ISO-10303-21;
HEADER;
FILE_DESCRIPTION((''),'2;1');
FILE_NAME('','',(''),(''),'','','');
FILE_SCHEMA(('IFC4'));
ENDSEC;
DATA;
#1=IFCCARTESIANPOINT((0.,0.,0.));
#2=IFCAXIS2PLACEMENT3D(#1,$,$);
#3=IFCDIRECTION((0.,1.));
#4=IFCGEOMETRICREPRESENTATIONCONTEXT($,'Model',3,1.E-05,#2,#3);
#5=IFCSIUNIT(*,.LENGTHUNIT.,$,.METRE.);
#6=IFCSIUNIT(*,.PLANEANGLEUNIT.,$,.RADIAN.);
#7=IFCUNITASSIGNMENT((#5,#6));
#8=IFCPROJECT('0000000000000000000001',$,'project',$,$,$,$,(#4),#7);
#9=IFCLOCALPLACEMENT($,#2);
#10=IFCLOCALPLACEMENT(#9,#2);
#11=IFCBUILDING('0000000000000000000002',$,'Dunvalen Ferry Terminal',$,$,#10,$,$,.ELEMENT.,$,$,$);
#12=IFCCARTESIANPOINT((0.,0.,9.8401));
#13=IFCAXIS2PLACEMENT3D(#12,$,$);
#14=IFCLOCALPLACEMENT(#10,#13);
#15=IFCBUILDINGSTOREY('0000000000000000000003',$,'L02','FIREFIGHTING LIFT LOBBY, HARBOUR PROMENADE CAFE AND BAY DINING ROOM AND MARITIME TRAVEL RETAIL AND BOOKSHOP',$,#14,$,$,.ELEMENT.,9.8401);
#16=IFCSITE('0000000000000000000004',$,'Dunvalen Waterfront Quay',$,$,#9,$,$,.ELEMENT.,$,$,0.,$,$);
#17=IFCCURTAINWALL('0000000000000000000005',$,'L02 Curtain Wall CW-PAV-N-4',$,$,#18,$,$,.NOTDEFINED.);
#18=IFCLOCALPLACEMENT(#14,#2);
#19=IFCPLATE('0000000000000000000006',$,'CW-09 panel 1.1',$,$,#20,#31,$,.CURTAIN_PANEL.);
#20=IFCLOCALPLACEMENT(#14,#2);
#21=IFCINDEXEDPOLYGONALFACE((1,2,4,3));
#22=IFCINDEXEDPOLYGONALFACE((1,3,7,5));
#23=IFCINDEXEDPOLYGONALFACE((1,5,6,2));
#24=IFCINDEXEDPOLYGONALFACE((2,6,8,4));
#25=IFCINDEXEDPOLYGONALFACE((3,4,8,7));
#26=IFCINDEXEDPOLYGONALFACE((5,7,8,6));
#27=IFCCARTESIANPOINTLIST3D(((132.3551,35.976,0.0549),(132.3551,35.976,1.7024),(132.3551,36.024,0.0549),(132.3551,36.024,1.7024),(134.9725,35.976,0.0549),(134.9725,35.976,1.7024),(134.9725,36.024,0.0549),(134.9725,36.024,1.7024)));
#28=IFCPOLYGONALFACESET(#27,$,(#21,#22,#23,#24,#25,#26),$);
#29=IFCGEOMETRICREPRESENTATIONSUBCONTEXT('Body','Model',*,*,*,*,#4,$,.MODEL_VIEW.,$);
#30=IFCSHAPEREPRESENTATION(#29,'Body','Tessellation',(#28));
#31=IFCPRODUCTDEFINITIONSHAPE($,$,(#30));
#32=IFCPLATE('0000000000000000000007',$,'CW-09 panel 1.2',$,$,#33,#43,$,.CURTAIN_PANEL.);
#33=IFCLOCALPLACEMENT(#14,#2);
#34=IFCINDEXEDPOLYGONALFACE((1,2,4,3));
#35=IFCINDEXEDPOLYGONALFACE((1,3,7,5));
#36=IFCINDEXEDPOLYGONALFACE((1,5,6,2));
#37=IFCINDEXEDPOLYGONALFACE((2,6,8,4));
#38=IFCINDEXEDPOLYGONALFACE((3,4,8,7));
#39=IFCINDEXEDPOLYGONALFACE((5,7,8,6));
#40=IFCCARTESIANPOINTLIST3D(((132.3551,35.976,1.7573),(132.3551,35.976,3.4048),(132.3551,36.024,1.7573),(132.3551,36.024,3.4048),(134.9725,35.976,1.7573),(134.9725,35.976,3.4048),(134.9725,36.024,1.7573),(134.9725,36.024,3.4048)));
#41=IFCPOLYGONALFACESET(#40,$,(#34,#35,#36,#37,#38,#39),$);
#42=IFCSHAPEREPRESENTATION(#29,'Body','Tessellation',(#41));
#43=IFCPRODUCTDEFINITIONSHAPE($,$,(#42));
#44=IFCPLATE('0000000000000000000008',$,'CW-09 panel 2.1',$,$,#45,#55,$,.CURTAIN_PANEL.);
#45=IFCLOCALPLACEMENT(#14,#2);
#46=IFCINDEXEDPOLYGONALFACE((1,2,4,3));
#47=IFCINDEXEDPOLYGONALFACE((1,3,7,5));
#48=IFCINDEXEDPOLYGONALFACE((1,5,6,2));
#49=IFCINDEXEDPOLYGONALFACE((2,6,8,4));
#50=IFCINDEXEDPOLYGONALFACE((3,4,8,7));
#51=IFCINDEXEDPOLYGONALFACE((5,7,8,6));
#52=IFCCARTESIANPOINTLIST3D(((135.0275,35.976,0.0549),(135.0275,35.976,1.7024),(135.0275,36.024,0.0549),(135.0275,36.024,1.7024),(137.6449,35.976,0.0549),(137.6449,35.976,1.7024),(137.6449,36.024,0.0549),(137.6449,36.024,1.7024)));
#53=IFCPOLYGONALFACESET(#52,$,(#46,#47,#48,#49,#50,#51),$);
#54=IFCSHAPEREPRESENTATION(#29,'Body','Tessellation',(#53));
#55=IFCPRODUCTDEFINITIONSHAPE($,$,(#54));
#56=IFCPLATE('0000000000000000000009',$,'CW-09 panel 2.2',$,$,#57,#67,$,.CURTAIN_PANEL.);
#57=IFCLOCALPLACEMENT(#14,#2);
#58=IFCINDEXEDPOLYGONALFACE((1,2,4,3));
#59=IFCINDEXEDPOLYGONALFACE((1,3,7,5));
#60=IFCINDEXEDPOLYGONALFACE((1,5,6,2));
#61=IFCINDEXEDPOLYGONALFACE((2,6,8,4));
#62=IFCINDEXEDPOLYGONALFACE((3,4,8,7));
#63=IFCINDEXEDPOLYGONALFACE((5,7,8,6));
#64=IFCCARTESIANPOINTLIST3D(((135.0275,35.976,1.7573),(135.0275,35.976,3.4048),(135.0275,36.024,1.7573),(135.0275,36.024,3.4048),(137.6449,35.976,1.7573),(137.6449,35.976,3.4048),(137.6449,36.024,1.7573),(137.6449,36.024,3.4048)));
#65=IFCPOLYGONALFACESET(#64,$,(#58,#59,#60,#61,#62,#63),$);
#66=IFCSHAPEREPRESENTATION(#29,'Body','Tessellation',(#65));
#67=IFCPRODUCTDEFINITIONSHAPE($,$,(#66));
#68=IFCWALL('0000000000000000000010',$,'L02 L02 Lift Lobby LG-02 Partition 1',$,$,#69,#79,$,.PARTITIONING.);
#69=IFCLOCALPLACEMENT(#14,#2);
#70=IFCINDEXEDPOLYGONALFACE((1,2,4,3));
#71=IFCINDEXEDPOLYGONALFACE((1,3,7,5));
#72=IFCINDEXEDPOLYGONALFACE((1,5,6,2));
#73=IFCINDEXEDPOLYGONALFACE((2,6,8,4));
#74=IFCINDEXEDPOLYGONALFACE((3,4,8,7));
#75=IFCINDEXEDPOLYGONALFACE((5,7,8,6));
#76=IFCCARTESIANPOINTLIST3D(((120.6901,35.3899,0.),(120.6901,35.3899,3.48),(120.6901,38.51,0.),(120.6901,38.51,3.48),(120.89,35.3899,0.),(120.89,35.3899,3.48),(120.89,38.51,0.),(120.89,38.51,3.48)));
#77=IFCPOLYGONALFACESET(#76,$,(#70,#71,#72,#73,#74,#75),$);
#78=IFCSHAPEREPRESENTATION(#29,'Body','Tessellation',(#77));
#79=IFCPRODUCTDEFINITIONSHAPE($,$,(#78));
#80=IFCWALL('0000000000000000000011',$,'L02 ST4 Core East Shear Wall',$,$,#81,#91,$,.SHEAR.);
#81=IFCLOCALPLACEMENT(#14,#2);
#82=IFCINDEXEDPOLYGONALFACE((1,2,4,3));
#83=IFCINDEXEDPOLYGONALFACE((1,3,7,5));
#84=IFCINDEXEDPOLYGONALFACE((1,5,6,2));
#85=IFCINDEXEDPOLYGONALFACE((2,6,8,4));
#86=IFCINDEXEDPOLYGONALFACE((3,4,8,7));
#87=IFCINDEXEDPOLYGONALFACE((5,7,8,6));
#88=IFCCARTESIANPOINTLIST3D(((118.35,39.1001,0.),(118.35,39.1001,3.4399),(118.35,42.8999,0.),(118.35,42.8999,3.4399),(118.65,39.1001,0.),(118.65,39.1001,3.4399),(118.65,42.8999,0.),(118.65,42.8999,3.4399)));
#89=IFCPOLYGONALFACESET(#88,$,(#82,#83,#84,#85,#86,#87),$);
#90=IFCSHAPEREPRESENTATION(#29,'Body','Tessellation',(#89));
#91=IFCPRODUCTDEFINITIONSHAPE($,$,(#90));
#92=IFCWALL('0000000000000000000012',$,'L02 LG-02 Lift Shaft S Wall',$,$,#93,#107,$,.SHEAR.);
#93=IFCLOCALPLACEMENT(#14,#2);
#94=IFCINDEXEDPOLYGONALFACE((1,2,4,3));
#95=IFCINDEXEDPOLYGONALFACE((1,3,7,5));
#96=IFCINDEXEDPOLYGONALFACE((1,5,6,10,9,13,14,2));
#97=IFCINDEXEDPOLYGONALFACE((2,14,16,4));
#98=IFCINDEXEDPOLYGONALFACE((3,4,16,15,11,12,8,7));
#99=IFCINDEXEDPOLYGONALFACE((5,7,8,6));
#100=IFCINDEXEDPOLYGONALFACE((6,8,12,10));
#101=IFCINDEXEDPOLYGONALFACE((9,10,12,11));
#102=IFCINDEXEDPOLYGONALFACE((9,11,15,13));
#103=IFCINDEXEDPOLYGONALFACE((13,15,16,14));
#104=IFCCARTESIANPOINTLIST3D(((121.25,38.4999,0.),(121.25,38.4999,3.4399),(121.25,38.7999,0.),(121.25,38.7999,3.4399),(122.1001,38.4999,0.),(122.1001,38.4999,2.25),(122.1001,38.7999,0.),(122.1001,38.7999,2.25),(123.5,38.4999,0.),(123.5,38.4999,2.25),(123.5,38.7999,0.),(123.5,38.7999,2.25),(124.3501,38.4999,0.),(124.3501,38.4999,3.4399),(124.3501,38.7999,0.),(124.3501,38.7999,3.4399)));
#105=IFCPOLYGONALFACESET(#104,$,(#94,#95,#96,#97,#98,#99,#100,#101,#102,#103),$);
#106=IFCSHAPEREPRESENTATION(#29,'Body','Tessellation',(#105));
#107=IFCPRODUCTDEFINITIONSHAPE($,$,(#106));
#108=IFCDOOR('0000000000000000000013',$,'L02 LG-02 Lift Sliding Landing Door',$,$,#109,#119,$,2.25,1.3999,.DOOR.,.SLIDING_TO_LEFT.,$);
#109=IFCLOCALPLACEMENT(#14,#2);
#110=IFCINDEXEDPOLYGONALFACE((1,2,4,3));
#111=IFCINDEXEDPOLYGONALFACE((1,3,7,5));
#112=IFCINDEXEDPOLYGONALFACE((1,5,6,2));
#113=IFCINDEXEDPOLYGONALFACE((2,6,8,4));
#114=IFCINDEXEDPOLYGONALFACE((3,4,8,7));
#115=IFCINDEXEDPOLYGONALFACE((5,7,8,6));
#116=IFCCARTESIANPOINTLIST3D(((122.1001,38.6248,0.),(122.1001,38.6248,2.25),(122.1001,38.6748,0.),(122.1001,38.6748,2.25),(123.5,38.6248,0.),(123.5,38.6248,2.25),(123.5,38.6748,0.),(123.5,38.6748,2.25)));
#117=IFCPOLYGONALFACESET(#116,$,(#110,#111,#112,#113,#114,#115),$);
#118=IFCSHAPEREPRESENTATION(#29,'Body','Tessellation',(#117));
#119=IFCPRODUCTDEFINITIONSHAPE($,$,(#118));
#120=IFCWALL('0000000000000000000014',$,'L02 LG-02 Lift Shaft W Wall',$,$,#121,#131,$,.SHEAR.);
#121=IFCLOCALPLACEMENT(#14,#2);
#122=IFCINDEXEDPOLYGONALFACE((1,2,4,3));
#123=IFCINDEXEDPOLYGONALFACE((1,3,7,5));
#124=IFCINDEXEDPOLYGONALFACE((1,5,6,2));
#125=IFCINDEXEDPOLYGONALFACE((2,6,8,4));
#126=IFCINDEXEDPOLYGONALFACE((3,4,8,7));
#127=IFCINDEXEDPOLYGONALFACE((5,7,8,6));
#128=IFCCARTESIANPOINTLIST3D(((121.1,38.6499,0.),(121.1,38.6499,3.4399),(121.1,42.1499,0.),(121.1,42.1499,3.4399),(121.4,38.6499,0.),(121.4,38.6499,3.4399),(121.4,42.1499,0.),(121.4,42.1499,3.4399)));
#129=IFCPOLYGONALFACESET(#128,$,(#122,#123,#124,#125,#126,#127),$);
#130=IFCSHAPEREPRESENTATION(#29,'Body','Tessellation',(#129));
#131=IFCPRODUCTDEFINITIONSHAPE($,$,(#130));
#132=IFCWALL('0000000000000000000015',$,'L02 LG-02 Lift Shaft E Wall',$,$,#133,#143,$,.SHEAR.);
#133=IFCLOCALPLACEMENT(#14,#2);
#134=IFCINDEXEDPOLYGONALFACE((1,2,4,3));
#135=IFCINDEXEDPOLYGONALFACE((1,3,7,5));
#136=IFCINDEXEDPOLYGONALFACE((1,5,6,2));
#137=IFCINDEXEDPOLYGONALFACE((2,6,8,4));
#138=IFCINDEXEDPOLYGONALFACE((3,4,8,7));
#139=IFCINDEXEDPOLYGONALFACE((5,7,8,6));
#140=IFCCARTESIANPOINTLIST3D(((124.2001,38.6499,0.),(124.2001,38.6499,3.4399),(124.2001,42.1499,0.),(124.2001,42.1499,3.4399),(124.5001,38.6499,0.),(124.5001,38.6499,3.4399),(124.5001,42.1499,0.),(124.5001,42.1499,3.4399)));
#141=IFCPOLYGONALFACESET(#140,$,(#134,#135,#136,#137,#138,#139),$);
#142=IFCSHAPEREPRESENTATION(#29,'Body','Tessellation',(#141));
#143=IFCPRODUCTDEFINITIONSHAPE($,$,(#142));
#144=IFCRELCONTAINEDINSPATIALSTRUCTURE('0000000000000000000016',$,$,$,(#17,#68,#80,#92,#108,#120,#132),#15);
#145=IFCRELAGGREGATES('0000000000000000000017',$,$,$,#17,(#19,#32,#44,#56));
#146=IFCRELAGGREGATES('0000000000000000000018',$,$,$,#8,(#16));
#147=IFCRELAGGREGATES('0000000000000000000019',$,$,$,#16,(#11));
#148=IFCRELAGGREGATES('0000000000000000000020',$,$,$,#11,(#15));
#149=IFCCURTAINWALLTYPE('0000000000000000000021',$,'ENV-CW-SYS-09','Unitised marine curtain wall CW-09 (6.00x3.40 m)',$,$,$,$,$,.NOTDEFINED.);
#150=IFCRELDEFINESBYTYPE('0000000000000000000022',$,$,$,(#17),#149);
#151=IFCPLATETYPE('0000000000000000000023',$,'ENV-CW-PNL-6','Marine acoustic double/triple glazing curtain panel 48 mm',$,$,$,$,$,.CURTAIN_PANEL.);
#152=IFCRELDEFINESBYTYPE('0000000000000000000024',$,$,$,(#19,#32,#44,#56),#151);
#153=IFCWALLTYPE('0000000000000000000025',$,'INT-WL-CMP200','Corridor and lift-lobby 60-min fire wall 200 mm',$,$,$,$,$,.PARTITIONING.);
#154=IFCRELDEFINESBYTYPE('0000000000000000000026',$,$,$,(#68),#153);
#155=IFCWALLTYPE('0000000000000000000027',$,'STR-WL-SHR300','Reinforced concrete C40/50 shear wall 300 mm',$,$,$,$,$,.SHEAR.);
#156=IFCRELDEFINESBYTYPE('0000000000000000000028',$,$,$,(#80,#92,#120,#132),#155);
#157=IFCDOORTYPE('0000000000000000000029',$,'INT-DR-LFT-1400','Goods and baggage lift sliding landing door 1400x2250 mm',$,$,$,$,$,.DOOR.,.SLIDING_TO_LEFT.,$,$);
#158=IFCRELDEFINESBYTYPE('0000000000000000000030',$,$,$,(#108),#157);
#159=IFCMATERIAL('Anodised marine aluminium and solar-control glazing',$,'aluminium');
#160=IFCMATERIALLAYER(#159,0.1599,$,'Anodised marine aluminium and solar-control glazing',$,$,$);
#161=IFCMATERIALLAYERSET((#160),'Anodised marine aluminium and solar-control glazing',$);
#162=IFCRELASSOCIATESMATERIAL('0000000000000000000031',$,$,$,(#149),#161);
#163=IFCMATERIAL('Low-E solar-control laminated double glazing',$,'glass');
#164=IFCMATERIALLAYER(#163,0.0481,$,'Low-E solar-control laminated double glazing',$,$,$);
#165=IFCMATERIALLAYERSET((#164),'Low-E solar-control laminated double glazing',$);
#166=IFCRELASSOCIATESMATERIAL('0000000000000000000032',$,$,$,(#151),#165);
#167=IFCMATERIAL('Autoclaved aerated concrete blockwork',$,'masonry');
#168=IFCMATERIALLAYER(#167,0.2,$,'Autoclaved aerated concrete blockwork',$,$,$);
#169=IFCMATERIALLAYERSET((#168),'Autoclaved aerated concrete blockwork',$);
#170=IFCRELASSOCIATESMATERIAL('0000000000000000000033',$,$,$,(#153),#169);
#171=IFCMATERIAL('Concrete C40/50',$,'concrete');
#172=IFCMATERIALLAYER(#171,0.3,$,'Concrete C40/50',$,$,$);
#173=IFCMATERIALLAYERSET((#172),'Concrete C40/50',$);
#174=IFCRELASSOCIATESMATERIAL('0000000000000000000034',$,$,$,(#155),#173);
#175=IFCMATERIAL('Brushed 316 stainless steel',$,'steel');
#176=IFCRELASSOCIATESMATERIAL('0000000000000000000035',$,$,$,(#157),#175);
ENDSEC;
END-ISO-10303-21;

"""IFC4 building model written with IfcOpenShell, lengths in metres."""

from ifc_helpers import new_model, si_unit, direction, frame, frame_2d, origin, origin_2d, place, context, subcontext, project, spatial, rectangle, extrude, material, layer, layer_set, type_object, element, fill, aggregate, save


model = new_model("IFC4")

# Units and contexts
model_context = context("Model", 3, precision=1e-05, world=origin(), true_north=direction((0.0, 1.0)))
body_context = subcontext(model_context, "Body", "Model", "MODEL_VIEW")
ifc_project = project(units=[si_unit("LENGTHUNIT", "METRE"), si_unit("PLANEANGLEUNIT", "RADIAN")], contexts=[model_context])

# Site, building, storey
site_placement = place(None, origin())
site = spatial("IfcSite", under=ifc_project, at=site_placement, Name="Dunvalen Waterfront Quay", CompositionType="ELEMENT", RefElevation=0.0)
building_placement = place(site_placement, origin())
building = spatial("IfcBuilding", under=site, at=building_placement, Name="Dunvalen Ferry Terminal", CompositionType="ELEMENT")
storey_placement = place(building_placement, frame((0.0, 0.0, 9.8401)))
storey = spatial("IfcBuildingStorey", under=building, at=storey_placement, Name="L02", Description="FIREFIGHTING LIFT LOBBY, HARBOUR PROMENADE CAFE AND BAY DINING ROOM AND MARITIME TRAVEL RETAIL AND BOOKSHOP", CompositionType="ELEMENT", Elevation=9.8401)

# Shared definitions
ifc_material_1 = material(Name="Anodised marine aluminium and solar-control glazing", Category="aluminium")
ifc_layer_1 = layer(ifc_material_1, 0.1599, Name="Anodised marine aluminium and solar-control glazing")
ifc_layer_set_1 = layer_set([ifc_layer_1], Name="Anodised marine aluminium and solar-control glazing")
curtain_wall_type = type_object("IfcCurtainWallType", Name="ENV-CW-SYS-09", Description="Unitised marine curtain wall CW-09 (6.00x3.40 m)", PredefinedType="NOTDEFINED", material=ifc_layer_set_1)

# Curtain wall
curtain_wall_1_placement = place(storey_placement, origin())
curtain_wall_1 = element("IfcCurtainWall", 1, at=curtain_wall_1_placement, inside=storey, type_object=curtain_wall_type, Name="L02 Curtain Wall CW-PAV-N-4", PredefinedType="NOTDEFINED")

# Shared definitions
ifc_material_2 = material(Name="Concrete C40/50", Category="concrete")

# Plates
ifc_material_3 = material(Name="Low-E solar-control laminated double glazing", Category="glass")
ifc_layer_2 = layer(ifc_material_3, 0.0481, Name="Low-E solar-control laminated double glazing")
ifc_layer_set_2 = layer_set([ifc_layer_2], Name="Low-E solar-control laminated double glazing")
plate_type = type_object("IfcPlateType", Name="ENV-CW-PNL-6", Description="Marine acoustic double/triple glazing curtain panel 48 mm", PredefinedType="CURTAIN_PANEL", material=ifc_layer_set_2)
plate_1_placement = place(storey_placement, frame((133.6638, 36.0, 0.0549), z_axis=(0.0, 0.0, 1.0), x_axis=(1.0, 0.0, 0.0)))
plate_1 = element("IfcPlate", 2, at=plate_1_placement, type_object=plate_type, Name="CW-09 panel 1.1", PredefinedType="CURTAIN_PANEL", context=body_context, shape_type="SweptSolid", body=[
    extrude(rectangle(XDim=2.6174, YDim=0.0481, at=origin_2d()), origin(), (0.0, 0.0, 1.0), 1.6475),
])
plate_2_placement = place(storey_placement, frame((133.6638, 36.0, 1.7573), z_axis=(0.0, 0.0, 1.0), x_axis=(1.0, 0.0, 0.0)))
plate_2 = element("IfcPlate", 3, at=plate_2_placement, type_object=plate_type, Name="CW-09 panel 1.2", PredefinedType="CURTAIN_PANEL", context=body_context, shape_type="SweptSolid", body=[
    extrude(rectangle(XDim=2.6174, YDim=0.0481, at=origin_2d()), origin(), (0.0, 0.0, 1.0), 1.6475),
])
plate_3_placement = place(storey_placement, frame((136.3362, 36.0, 0.0549), z_axis=(0.0, 0.0, 1.0), x_axis=(1.0, 0.0, 0.0)))
plate_3 = element("IfcPlate", 4, at=plate_3_placement, type_object=plate_type, Name="CW-09 panel 2.1", PredefinedType="CURTAIN_PANEL", context=body_context, shape_type="SweptSolid", body=[
    extrude(rectangle(XDim=2.6174, YDim=0.0481, at=origin_2d()), origin(), (0.0, 0.0, 1.0), 1.6475),
])
plate_4_placement = place(storey_placement, frame((136.3362, 36.0, 1.7573), z_axis=(0.0, 0.0, 1.0), x_axis=(1.0, 0.0, 0.0)))
plate_4 = element("IfcPlate", 5, at=plate_4_placement, type_object=plate_type, Name="CW-09 panel 2.2", PredefinedType="CURTAIN_PANEL", context=body_context, shape_type="SweptSolid", body=[
    extrude(rectangle(XDim=2.6174, YDim=0.0481, at=origin_2d()), origin(), (0.0, 0.0, 1.0), 1.6475),
])
aggregate(curtain_wall_1, [plate_1, plate_2, plate_3, plate_4])

# Walls
ifc_material_4 = material(Name="Autoclaved aerated concrete blockwork", Category="masonry")
ifc_layer_3 = layer(ifc_material_4, 0.2, Name="Autoclaved aerated concrete blockwork")
ifc_layer_set_3 = layer_set([ifc_layer_3], Name="Autoclaved aerated concrete blockwork")
wall_type_1 = type_object("IfcWallType", Name="INT-WL-CMP200", Description="Corridor and lift-lobby 60-min fire wall 200 mm", PredefinedType="PARTITIONING", material=ifc_layer_set_3)
wall_1_placement = place(storey_placement, frame((120.79, 38.51, 0.0), z_axis=(0.0, 0.0, 1.0), x_axis=(0.0, -1.0, 0.0)))
element("IfcWall", 6, at=wall_1_placement, inside=storey, type_object=wall_type_1, Name="L02 L02 Lift Lobby LG-02 Partition 1", PredefinedType="PARTITIONING", context=body_context, shape_type="SweptSolid", body=[
    extrude(rectangle(XDim=3.1201, YDim=0.2, at=frame_2d((1.5601, 0.0))), origin(), (0.0, 0.0, 1.0), 3.48),
])
ifc_layer_4 = layer(ifc_material_2, 0.3, Name="Concrete C40/50")
ifc_layer_set_4 = layer_set([ifc_layer_4], Name="Concrete C40/50")
wall_type_2 = type_object("IfcWallType", Name="STR-WL-SHR300", Description="Reinforced concrete C40/50 shear wall 300 mm", PredefinedType="SHEAR", material=ifc_layer_set_4)
wall_2_placement = place(storey_placement, frame((118.5, 39.1001, 0.0), z_axis=(0.0, 0.0, 1.0), x_axis=(0.0, 1.0, 0.0)))
element("IfcWall", 7, at=wall_2_placement, inside=storey, type_object=wall_type_2, Name="L02 ST4 Core East Shear Wall", PredefinedType="SHEAR", context=body_context, shape_type="SweptSolid", body=[
    extrude(rectangle(XDim=3.7998, YDim=0.3, at=frame_2d((1.8999, 0.0))), origin(), (0.0, 0.0, 1.0), 3.4399),
])

# Wall, opening, door
wall_3_placement = place(storey_placement, frame((121.25, 38.6499, 0.0), z_axis=(0.0, 0.0, 1.0), x_axis=(1.0, 0.0, 0.0)))
wall_3 = element("IfcWall", 8, at=wall_3_placement, inside=storey, type_object=wall_type_2, Name="L02 LG-02 Lift Shaft S Wall", PredefinedType="SHEAR", context=body_context, shape_type="SweptSolid", body=[
    extrude(rectangle(XDim=3.1001, YDim=0.3, at=frame_2d((1.55, 0.0))), origin(), (0.0, 0.0, 1.0), 3.4399),
])
opening_placement = place(wall_3_placement, frame((0.8501, 0.0, 0.0)))
opening = element("IfcOpeningElement", 9, at=opening_placement, cuts=wall_3, PredefinedType="OPENING", context=body_context, shape_type="SweptSolid", body=[
    extrude(rectangle(XDim=1.3999, YDim=2.25, at=frame_2d((0.7, 1.125))), frame((0.0, 0.1602, 0.0), z_axis=(0.0, -1.0, 0.0), x_axis=(1.0, 0.0, 0.0)), (0.0, 0.0, 1.0), 0.3201),
])
ifc_material_5 = material(Name="Brushed 316 stainless steel", Category="steel")
door_type = type_object("IfcDoorType", Name="INT-DR-LFT-1400", Description="Goods and baggage lift sliding landing door 1400x2250 mm", OperationType="SLIDING_TO_LEFT", PredefinedType="DOOR", material=ifc_material_5)
door_placement = place(opening_placement, origin())
door = element("IfcDoor", 10, at=door_placement, inside=storey, type_object=door_type, Name="L02 LG-02 Lift Sliding Landing Door", OperationType="SLIDING_TO_LEFT", OverallHeight=2.25, OverallWidth=1.3999, PredefinedType="DOOR", context=body_context, shape_type="SweptSolid", body=[
    extrude(rectangle(XDim=1.3999, YDim=2.25, at=frame_2d((0.7, 1.125))), frame((0.0, 0.0249, 0.0), z_axis=(0.0, -1.0, 0.0), x_axis=(1.0, 0.0, 0.0)), (0.0, 0.0, 1.0), 0.05),
])
fill(opening, door)

# Walls
for number, where, z_axis, x_axis, name in (
    (11, (121.25, 38.6499, 0.0), (0.0, 0.0, 1.0), (0.0, 1.0, 0.0), "L02 LG-02 Lift Shaft W Wall"),
    (12, (124.3501, 38.6499, 0.0), (0.0, 0.0, 1.0), (0.0, 1.0, 0.0), "L02 LG-02 Lift Shaft E Wall"),
):
    element("IfcWall", number, at=place(storey_placement, frame(where, z_axis=z_axis, x_axis=x_axis)), inside=storey, type_object=wall_type_2, Name=name, PredefinedType="SHEAR", context=body_context, shape_type="SweptSolid", body=[
        extrude(rectangle(XDim=3.5, YDim=0.3, at=frame_2d((1.75, 0.0))), origin(), (0.0, 0.0, 1.0), 3.4399),
    ])

save(model, "model.ifc")
